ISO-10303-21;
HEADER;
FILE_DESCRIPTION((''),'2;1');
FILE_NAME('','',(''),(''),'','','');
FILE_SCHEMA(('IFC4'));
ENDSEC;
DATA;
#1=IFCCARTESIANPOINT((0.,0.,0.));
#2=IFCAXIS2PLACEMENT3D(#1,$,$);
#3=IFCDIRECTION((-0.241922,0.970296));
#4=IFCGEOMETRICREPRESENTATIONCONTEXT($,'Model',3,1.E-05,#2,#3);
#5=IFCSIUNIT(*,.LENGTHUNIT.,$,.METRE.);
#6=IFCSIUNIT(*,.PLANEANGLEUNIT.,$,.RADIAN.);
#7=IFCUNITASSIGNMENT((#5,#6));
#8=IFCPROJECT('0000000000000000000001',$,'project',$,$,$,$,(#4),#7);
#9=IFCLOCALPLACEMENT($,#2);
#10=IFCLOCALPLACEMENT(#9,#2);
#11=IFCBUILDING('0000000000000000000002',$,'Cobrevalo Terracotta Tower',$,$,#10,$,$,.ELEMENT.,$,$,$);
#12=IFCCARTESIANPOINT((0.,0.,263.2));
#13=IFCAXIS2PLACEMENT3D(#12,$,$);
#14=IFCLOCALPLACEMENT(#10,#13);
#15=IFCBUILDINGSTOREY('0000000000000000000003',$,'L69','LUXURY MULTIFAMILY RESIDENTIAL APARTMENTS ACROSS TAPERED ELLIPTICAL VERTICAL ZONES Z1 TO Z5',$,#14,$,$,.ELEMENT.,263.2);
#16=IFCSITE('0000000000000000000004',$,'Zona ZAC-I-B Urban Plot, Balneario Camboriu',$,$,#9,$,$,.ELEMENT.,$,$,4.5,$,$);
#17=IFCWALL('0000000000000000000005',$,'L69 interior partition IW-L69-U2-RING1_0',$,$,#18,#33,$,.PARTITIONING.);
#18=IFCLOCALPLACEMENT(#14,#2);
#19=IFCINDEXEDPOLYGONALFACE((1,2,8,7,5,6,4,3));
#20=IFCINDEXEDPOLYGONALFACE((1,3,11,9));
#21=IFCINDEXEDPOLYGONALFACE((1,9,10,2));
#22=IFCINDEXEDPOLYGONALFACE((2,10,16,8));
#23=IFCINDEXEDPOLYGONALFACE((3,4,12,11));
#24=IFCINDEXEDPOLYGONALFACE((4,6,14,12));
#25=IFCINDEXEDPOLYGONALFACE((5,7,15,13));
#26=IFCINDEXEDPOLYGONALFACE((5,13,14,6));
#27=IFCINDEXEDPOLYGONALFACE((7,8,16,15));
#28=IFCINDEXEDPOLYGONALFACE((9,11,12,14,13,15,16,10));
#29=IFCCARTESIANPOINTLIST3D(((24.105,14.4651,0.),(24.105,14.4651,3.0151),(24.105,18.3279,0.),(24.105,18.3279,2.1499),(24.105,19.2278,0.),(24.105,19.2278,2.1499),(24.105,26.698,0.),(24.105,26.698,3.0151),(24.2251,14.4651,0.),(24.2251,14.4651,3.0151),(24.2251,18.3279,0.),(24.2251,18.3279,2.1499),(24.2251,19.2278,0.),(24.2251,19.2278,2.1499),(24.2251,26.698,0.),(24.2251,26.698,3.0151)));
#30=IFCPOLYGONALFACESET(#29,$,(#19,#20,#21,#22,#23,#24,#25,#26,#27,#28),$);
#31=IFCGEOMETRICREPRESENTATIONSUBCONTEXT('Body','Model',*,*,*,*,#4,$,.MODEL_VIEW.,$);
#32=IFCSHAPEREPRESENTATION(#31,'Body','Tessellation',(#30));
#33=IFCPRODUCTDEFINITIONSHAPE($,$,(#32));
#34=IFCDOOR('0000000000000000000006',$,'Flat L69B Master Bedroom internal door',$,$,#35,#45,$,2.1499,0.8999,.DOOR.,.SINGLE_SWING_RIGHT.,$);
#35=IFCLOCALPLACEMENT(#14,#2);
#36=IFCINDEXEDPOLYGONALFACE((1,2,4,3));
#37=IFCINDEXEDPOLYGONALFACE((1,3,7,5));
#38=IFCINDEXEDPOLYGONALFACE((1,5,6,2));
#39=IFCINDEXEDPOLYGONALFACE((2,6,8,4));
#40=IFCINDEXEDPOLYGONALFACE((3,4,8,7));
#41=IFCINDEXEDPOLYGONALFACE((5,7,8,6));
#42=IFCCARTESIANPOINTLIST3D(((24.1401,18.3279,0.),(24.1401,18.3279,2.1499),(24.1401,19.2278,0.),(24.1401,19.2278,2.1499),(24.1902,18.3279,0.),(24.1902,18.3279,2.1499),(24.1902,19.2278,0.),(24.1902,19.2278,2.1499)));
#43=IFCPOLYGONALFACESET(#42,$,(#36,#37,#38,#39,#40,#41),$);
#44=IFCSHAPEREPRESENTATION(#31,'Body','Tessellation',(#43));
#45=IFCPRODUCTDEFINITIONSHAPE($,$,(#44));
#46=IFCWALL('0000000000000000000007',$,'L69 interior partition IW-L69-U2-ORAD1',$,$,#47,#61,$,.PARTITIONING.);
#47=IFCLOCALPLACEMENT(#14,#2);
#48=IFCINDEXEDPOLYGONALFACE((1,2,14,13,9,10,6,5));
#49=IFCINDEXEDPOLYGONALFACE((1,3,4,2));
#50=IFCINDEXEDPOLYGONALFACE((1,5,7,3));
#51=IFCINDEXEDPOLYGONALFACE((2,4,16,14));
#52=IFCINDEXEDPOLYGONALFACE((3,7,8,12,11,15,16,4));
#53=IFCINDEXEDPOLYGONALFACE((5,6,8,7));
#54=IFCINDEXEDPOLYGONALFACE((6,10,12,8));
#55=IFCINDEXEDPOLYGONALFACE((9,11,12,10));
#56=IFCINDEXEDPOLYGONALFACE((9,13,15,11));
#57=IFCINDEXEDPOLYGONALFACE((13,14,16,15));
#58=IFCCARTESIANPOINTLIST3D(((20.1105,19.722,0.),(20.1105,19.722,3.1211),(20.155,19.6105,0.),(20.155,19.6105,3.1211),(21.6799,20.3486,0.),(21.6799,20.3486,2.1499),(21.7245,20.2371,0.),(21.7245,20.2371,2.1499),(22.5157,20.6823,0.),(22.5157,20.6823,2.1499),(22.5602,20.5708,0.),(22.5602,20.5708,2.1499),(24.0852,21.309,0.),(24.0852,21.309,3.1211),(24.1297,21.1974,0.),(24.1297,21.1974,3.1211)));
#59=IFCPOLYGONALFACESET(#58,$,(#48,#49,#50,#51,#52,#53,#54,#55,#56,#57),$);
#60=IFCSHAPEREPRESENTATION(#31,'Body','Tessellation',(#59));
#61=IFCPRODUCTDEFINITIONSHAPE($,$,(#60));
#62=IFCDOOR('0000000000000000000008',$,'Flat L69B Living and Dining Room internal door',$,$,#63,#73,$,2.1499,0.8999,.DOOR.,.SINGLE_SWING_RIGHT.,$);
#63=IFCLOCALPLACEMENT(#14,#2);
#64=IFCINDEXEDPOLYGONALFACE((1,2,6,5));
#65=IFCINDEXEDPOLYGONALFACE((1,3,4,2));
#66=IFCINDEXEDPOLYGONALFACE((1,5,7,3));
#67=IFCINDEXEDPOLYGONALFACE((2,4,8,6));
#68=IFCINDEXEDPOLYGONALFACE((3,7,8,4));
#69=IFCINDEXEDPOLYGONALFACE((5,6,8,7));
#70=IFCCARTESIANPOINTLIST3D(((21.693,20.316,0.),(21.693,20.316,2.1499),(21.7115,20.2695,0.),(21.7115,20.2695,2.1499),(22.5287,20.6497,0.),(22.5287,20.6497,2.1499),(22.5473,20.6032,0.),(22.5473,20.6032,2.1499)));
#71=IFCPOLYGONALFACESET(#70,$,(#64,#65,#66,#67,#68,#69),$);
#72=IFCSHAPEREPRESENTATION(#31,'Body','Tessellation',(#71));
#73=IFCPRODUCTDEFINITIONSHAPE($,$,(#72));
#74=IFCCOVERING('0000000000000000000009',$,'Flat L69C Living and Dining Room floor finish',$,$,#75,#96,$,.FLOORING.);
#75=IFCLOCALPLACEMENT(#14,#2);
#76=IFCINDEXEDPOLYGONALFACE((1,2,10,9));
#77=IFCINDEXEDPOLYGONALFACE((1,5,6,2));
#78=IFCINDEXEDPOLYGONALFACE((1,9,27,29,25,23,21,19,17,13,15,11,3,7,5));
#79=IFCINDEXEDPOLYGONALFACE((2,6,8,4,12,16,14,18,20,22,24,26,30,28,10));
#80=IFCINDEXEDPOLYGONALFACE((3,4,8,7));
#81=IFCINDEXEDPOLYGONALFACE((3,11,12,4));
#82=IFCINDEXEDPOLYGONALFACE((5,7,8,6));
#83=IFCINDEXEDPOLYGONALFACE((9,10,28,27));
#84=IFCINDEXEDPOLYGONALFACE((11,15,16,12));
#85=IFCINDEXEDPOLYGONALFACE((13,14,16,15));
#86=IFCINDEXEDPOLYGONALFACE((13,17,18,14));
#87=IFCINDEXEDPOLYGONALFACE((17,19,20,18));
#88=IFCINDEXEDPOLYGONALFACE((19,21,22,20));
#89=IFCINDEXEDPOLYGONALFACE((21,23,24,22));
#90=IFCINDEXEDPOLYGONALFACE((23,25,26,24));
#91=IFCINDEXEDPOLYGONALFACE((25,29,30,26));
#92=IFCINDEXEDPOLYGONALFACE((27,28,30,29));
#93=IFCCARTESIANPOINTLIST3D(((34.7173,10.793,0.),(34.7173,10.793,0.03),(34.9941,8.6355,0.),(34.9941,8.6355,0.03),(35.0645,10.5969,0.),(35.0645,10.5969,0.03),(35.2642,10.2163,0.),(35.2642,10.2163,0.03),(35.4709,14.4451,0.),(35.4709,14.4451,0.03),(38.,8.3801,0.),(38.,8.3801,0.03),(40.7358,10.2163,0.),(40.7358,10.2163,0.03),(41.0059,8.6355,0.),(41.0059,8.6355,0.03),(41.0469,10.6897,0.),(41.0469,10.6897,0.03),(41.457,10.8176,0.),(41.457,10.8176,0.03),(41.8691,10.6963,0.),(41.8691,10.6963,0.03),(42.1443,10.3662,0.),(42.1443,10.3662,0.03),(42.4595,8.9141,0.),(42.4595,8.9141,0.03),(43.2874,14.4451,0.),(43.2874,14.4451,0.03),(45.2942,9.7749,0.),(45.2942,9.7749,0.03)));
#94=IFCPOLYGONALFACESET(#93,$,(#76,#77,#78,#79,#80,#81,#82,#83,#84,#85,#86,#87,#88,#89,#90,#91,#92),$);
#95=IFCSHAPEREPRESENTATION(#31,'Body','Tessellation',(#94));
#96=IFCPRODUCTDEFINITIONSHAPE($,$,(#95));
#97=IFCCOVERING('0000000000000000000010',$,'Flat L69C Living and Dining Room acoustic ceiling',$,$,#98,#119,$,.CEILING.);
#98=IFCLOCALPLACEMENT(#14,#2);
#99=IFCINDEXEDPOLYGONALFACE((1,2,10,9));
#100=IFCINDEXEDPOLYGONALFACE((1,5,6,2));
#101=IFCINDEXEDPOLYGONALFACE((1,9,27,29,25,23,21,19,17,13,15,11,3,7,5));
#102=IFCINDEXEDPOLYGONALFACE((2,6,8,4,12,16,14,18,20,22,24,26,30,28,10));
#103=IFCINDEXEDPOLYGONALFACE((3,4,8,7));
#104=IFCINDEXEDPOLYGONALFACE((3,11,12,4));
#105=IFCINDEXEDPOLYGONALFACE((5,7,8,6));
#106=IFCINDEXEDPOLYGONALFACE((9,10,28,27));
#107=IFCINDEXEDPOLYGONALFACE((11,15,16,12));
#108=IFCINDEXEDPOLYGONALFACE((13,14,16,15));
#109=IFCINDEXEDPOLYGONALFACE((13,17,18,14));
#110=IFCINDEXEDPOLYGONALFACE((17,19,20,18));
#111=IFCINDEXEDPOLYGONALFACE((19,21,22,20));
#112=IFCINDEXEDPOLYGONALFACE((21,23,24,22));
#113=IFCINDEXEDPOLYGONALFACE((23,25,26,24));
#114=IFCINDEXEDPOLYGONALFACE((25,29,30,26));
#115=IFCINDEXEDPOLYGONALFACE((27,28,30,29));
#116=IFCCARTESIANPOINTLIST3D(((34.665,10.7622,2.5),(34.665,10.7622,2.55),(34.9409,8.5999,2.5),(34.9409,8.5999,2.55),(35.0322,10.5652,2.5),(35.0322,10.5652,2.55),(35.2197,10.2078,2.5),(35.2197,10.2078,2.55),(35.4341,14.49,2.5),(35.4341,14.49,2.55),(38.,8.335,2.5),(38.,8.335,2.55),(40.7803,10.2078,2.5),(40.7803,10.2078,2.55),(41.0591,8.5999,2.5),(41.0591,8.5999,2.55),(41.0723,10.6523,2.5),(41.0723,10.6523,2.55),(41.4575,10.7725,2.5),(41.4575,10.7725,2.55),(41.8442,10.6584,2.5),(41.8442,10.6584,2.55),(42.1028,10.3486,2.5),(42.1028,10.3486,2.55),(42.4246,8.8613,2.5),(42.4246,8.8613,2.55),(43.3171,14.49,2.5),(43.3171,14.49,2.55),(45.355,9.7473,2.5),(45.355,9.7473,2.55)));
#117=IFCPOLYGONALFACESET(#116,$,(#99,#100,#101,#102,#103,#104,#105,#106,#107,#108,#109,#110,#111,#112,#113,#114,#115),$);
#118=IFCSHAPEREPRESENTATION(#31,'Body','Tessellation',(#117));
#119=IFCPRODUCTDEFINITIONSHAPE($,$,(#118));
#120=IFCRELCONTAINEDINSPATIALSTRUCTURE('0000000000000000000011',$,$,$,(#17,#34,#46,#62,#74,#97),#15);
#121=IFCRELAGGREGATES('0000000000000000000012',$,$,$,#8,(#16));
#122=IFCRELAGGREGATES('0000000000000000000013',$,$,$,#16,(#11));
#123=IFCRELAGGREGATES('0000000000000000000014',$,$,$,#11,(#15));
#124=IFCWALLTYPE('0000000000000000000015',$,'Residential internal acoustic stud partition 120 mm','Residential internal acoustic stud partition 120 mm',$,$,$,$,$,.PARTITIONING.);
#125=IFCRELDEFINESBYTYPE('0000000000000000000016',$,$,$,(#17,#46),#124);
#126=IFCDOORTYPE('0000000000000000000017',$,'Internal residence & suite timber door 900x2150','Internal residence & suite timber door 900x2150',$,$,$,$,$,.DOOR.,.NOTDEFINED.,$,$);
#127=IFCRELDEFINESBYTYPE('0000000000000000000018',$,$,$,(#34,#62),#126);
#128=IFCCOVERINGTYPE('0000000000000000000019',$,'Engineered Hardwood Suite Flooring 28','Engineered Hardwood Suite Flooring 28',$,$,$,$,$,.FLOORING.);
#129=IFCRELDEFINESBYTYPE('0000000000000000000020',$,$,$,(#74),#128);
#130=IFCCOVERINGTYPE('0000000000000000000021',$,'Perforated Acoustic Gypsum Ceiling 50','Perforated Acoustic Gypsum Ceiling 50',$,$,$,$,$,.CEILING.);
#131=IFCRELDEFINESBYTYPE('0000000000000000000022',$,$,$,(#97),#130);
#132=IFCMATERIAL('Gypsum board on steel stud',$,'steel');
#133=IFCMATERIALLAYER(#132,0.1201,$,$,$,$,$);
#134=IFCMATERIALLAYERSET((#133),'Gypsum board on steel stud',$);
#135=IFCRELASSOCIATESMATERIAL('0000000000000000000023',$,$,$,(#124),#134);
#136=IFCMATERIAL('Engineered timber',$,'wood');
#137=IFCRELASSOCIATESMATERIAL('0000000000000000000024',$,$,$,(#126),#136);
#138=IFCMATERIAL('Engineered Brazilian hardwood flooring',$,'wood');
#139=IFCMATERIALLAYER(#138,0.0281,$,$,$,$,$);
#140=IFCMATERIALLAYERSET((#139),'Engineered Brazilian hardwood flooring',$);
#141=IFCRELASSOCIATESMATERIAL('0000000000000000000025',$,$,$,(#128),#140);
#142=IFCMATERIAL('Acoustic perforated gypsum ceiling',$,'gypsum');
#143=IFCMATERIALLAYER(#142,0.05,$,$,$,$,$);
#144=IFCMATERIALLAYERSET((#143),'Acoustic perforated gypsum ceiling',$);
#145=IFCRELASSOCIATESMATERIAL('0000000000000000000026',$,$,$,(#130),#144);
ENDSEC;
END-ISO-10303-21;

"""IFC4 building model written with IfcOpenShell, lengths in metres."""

from ifc_helpers import new_model, si_unit, direction, frame, frame_2d, origin, place, context, subcontext, project, spatial, polyline, rectangle, outline, extrude, source, transform, mapped, material, layer, layer_set, type_object, element, fill, save


model = new_model("IFC4")

# Units and contexts
model_context = context("Model", 3, precision=1e-05, world=origin(), true_north=direction((-0.241922, 0.970296)))
body_context = subcontext(model_context, "Body", "Model", "MODEL_VIEW")
ifc_project = project(units=[si_unit("LENGTHUNIT", "METRE"), si_unit("PLANEANGLEUNIT", "RADIAN")], contexts=[model_context])

# Site, building, storey
site_placement = place(None, origin())
site = spatial("IfcSite", under=ifc_project, at=site_placement, Name="Zona ZAC-I-B Urban Plot, Balneario Camboriu", CompositionType="ELEMENT", RefElevation=4.5)
building_placement = place(site_placement, origin())
building = spatial("IfcBuilding", under=site, at=building_placement, Name="Cobrevalo Terracotta Tower", CompositionType="ELEMENT")
storey_placement = place(building_placement, frame((0.0, 0.0, 263.2)))
storey = spatial("IfcBuildingStorey", under=building, at=storey_placement, Name="L69", Description="LUXURY MULTIFAMILY RESIDENTIAL APARTMENTS ACROSS TAPERED ELLIPTICAL VERTICAL ZONES Z1 TO Z5", CompositionType="ELEMENT", Elevation=263.2)

# Walls, openings, doors
ifc_material_1 = material(Name="Gypsum board on steel stud", Category="steel")
ifc_layer_1 = layer(ifc_material_1, 0.1201)
ifc_layer_set_1 = layer_set([ifc_layer_1], Name="Gypsum board on steel stud")
wall_type = type_object("IfcWallType", Name="Residential internal acoustic stud partition 120 mm", Description="Residential internal acoustic stud partition 120 mm", PredefinedType="PARTITIONING", material=ifc_layer_set_1)
wall_1_placement = place(storey_placement, frame((24.165, 14.4651, 0.0), z_axis=(0.0, 0.0, 1.0), x_axis=(0.0, 1.0, 0.0)))
wall_1 = element("IfcWall", 1, at=wall_1_placement, inside=storey, type_object=wall_type, Name="L69 interior partition IW-L69-U2-RING1_0", PredefinedType="PARTITIONING", context=body_context, shape_type="SweptSolid", body=[
    extrude(rectangle(XDim=12.2329, YDim=0.1201, at=frame_2d((6.1165, 0.0))), origin(), (0.0, 0.0, 1.0), 3.0151),
])
opening_1_placement = place(wall_1_placement, frame((3.8628, 0.0, 0.0)))
opening_1 = element("IfcOpeningElement", 2, at=opening_1_placement, cuts=wall_1, PredefinedType="OPENING", context=body_context, shape_type="SweptSolid", body=[
    extrude(rectangle(XDim=0.8999, YDim=2.1499, at=frame_2d((0.45, 1.075))), frame((0.0, 0.0701, 0.0), z_axis=(0.0, -1.0, 0.0), x_axis=(1.0, 0.0, 0.0)), (0.0, 0.0, 1.0), 0.1401),
])
ifc_material_2 = material(Name="Engineered timber", Category="wood")
door_type = type_object("IfcDoorType", Name="Internal residence & suite timber door 900x2150", Description="Internal residence & suite timber door 900x2150", OperationType="NOTDEFINED", PredefinedType="DOOR", material=ifc_material_2)
shared_shape_1 = source(origin(), body_context, "Body", "SweptSolid", [
    extrude(rectangle(XDim=0.8999, YDim=2.1499, at=frame_2d((0.45, 1.075))), frame((0.0, 0.0249, 0.0), z_axis=(0.0, -1.0, 0.0), x_axis=(1.0, 0.0, 0.0)), (0.0, 0.0, 1.0), 0.05),
])
door_1_placement = place(opening_1_placement, origin())
door_1 = element("IfcDoor", 3, at=door_1_placement, inside=storey, type_object=door_type, Name="Flat L69B Master Bedroom internal door", OperationType="SINGLE_SWING_RIGHT", OverallHeight=2.1499, OverallWidth=0.8999, PredefinedType="DOOR", context=body_context, shape_type="MappedRepresentation", body=[
    mapped(shared_shape_1, transform((0.0, 0.0, 0.0), scale=1.0)),
])
fill(opening_1, door_1)
wall_2_placement = place(storey_placement, frame((24.1074, 21.2532, 0.0), z_axis=(0.0, 0.0, 1.0), x_axis=(-0.928713, -0.3708, 0.0)))
wall_2 = element("IfcWall", 4, at=wall_2_placement, inside=storey, type_object=wall_type, Name="L69 interior partition IW-L69-U2-ORAD1", PredefinedType="PARTITIONING", context=body_context, shape_type="SweptSolid", body=[
    extrude(rectangle(XDim=4.2798, YDim=0.1201, at=frame_2d((2.1399, 0.0))), origin(), (0.0, 0.0, 1.0), 3.1211),
])
opening_2_placement = place(wall_2_placement, frame((1.6899, 0.0, 0.0)))
opening_2 = element("IfcOpeningElement", 5, at=opening_2_placement, cuts=wall_2, PredefinedType="OPENING", context=body_context, shape_type="SweptSolid", body=[
    extrude(rectangle(XDim=0.8999, YDim=2.1499, at=frame_2d((0.45, 1.075))), frame((0.0, 0.0701, 0.0), z_axis=(0.0, -1.0, 0.0), x_axis=(1.0, 0.0, 0.0)), (0.0, 0.0, 1.0), 0.1401),
])
door_2_placement = place(opening_2_placement, frame((0.8999, 0.0, 0.0), z_axis=(0.0, 0.0, 1.0), x_axis=(-1.0, 0.0, 0.0)))
door_2 = element("IfcDoor", 6, at=door_2_placement, inside=storey, type_object=door_type, Name="Flat L69B Living and Dining Room internal door", OperationType="SINGLE_SWING_RIGHT", OverallHeight=2.1499, OverallWidth=0.8999, PredefinedType="DOOR", context=body_context, shape_type="MappedRepresentation", body=[
    mapped(shared_shape_1, transform((0.0, 0.0, 0.0), scale=1.0)),
])
fill(opening_2, door_2)

# Coverings
ifc_material_3 = material(Name="Engineered Brazilian hardwood flooring", Category="wood")
ifc_layer_2 = layer(ifc_material_3, 0.0281)
ifc_layer_set_2 = layer_set([ifc_layer_2], Name="Engineered Brazilian hardwood flooring")
covering_type_1 = type_object("IfcCoveringType", Name="Engineered Hardwood Suite Flooring 28", Description="Engineered Hardwood Suite Flooring 28", PredefinedType="FLOORING", material=ifc_layer_set_2)
covering_1_placement = place(storey_placement, origin())
element("IfcCovering", 7, at=covering_1_placement, inside=storey, type_object=covering_type_1, Name="Flat L69C Living and Dining Room floor finish", PredefinedType="FLOORING", context=body_context, shape_type="SweptSolid", body=[
    extrude(outline(polyline([(42.4595, 8.9141), (42.1443, 10.3662), (41.8691, 10.6963), (41.457, 10.8176), (41.0469, 10.6897), (40.7358, 10.2163), (41.0059, 8.6355), (38.0, 8.3801), (34.9941, 8.6355), (35.2642, 10.2163), (35.0645, 10.5969), (34.7173, 10.793), (35.4709, 14.4451), (43.2874, 14.4451), (45.2942, 9.7749), (42.4595, 8.9141)])), origin(), (0.0, 0.0, 1.0), 0.03),
])
ifc_material_4 = material(Name="Acoustic perforated gypsum ceiling", Category="gypsum")
ifc_layer_3 = layer(ifc_material_4, 0.05)
ifc_layer_set_3 = layer_set([ifc_layer_3], Name="Acoustic perforated gypsum ceiling")
covering_type_2 = type_object("IfcCoveringType", Name="Perforated Acoustic Gypsum Ceiling 50", Description="Perforated Acoustic Gypsum Ceiling 50", PredefinedType="CEILING", material=ifc_layer_set_3)
covering_2_placement = place(storey_placement, frame((0.0, 0.0, 2.5)))
element("IfcCovering", 8, at=covering_2_placement, inside=storey, type_object=covering_type_2, Name="Flat L69C Living and Dining Room acoustic ceiling", PredefinedType="CEILING", context=body_context, shape_type="SweptSolid", body=[
    extrude(outline(polyline([(42.4246, 8.8613), (42.1028, 10.3486), (41.8442, 10.6584), (41.4575, 10.7725), (41.0723, 10.6523), (40.7803, 10.2078), (41.0591, 8.5999), (38.0, 8.335), (34.9409, 8.5999), (35.2197, 10.2078), (35.0322, 10.5652), (34.665, 10.7622), (35.4341, 14.49), (43.3171, 14.49), (45.355, 9.7473), (42.4246, 8.8613)])), origin(), (0.0, 0.0, 1.0), 0.05),
])

save(model, "model.ifc")
